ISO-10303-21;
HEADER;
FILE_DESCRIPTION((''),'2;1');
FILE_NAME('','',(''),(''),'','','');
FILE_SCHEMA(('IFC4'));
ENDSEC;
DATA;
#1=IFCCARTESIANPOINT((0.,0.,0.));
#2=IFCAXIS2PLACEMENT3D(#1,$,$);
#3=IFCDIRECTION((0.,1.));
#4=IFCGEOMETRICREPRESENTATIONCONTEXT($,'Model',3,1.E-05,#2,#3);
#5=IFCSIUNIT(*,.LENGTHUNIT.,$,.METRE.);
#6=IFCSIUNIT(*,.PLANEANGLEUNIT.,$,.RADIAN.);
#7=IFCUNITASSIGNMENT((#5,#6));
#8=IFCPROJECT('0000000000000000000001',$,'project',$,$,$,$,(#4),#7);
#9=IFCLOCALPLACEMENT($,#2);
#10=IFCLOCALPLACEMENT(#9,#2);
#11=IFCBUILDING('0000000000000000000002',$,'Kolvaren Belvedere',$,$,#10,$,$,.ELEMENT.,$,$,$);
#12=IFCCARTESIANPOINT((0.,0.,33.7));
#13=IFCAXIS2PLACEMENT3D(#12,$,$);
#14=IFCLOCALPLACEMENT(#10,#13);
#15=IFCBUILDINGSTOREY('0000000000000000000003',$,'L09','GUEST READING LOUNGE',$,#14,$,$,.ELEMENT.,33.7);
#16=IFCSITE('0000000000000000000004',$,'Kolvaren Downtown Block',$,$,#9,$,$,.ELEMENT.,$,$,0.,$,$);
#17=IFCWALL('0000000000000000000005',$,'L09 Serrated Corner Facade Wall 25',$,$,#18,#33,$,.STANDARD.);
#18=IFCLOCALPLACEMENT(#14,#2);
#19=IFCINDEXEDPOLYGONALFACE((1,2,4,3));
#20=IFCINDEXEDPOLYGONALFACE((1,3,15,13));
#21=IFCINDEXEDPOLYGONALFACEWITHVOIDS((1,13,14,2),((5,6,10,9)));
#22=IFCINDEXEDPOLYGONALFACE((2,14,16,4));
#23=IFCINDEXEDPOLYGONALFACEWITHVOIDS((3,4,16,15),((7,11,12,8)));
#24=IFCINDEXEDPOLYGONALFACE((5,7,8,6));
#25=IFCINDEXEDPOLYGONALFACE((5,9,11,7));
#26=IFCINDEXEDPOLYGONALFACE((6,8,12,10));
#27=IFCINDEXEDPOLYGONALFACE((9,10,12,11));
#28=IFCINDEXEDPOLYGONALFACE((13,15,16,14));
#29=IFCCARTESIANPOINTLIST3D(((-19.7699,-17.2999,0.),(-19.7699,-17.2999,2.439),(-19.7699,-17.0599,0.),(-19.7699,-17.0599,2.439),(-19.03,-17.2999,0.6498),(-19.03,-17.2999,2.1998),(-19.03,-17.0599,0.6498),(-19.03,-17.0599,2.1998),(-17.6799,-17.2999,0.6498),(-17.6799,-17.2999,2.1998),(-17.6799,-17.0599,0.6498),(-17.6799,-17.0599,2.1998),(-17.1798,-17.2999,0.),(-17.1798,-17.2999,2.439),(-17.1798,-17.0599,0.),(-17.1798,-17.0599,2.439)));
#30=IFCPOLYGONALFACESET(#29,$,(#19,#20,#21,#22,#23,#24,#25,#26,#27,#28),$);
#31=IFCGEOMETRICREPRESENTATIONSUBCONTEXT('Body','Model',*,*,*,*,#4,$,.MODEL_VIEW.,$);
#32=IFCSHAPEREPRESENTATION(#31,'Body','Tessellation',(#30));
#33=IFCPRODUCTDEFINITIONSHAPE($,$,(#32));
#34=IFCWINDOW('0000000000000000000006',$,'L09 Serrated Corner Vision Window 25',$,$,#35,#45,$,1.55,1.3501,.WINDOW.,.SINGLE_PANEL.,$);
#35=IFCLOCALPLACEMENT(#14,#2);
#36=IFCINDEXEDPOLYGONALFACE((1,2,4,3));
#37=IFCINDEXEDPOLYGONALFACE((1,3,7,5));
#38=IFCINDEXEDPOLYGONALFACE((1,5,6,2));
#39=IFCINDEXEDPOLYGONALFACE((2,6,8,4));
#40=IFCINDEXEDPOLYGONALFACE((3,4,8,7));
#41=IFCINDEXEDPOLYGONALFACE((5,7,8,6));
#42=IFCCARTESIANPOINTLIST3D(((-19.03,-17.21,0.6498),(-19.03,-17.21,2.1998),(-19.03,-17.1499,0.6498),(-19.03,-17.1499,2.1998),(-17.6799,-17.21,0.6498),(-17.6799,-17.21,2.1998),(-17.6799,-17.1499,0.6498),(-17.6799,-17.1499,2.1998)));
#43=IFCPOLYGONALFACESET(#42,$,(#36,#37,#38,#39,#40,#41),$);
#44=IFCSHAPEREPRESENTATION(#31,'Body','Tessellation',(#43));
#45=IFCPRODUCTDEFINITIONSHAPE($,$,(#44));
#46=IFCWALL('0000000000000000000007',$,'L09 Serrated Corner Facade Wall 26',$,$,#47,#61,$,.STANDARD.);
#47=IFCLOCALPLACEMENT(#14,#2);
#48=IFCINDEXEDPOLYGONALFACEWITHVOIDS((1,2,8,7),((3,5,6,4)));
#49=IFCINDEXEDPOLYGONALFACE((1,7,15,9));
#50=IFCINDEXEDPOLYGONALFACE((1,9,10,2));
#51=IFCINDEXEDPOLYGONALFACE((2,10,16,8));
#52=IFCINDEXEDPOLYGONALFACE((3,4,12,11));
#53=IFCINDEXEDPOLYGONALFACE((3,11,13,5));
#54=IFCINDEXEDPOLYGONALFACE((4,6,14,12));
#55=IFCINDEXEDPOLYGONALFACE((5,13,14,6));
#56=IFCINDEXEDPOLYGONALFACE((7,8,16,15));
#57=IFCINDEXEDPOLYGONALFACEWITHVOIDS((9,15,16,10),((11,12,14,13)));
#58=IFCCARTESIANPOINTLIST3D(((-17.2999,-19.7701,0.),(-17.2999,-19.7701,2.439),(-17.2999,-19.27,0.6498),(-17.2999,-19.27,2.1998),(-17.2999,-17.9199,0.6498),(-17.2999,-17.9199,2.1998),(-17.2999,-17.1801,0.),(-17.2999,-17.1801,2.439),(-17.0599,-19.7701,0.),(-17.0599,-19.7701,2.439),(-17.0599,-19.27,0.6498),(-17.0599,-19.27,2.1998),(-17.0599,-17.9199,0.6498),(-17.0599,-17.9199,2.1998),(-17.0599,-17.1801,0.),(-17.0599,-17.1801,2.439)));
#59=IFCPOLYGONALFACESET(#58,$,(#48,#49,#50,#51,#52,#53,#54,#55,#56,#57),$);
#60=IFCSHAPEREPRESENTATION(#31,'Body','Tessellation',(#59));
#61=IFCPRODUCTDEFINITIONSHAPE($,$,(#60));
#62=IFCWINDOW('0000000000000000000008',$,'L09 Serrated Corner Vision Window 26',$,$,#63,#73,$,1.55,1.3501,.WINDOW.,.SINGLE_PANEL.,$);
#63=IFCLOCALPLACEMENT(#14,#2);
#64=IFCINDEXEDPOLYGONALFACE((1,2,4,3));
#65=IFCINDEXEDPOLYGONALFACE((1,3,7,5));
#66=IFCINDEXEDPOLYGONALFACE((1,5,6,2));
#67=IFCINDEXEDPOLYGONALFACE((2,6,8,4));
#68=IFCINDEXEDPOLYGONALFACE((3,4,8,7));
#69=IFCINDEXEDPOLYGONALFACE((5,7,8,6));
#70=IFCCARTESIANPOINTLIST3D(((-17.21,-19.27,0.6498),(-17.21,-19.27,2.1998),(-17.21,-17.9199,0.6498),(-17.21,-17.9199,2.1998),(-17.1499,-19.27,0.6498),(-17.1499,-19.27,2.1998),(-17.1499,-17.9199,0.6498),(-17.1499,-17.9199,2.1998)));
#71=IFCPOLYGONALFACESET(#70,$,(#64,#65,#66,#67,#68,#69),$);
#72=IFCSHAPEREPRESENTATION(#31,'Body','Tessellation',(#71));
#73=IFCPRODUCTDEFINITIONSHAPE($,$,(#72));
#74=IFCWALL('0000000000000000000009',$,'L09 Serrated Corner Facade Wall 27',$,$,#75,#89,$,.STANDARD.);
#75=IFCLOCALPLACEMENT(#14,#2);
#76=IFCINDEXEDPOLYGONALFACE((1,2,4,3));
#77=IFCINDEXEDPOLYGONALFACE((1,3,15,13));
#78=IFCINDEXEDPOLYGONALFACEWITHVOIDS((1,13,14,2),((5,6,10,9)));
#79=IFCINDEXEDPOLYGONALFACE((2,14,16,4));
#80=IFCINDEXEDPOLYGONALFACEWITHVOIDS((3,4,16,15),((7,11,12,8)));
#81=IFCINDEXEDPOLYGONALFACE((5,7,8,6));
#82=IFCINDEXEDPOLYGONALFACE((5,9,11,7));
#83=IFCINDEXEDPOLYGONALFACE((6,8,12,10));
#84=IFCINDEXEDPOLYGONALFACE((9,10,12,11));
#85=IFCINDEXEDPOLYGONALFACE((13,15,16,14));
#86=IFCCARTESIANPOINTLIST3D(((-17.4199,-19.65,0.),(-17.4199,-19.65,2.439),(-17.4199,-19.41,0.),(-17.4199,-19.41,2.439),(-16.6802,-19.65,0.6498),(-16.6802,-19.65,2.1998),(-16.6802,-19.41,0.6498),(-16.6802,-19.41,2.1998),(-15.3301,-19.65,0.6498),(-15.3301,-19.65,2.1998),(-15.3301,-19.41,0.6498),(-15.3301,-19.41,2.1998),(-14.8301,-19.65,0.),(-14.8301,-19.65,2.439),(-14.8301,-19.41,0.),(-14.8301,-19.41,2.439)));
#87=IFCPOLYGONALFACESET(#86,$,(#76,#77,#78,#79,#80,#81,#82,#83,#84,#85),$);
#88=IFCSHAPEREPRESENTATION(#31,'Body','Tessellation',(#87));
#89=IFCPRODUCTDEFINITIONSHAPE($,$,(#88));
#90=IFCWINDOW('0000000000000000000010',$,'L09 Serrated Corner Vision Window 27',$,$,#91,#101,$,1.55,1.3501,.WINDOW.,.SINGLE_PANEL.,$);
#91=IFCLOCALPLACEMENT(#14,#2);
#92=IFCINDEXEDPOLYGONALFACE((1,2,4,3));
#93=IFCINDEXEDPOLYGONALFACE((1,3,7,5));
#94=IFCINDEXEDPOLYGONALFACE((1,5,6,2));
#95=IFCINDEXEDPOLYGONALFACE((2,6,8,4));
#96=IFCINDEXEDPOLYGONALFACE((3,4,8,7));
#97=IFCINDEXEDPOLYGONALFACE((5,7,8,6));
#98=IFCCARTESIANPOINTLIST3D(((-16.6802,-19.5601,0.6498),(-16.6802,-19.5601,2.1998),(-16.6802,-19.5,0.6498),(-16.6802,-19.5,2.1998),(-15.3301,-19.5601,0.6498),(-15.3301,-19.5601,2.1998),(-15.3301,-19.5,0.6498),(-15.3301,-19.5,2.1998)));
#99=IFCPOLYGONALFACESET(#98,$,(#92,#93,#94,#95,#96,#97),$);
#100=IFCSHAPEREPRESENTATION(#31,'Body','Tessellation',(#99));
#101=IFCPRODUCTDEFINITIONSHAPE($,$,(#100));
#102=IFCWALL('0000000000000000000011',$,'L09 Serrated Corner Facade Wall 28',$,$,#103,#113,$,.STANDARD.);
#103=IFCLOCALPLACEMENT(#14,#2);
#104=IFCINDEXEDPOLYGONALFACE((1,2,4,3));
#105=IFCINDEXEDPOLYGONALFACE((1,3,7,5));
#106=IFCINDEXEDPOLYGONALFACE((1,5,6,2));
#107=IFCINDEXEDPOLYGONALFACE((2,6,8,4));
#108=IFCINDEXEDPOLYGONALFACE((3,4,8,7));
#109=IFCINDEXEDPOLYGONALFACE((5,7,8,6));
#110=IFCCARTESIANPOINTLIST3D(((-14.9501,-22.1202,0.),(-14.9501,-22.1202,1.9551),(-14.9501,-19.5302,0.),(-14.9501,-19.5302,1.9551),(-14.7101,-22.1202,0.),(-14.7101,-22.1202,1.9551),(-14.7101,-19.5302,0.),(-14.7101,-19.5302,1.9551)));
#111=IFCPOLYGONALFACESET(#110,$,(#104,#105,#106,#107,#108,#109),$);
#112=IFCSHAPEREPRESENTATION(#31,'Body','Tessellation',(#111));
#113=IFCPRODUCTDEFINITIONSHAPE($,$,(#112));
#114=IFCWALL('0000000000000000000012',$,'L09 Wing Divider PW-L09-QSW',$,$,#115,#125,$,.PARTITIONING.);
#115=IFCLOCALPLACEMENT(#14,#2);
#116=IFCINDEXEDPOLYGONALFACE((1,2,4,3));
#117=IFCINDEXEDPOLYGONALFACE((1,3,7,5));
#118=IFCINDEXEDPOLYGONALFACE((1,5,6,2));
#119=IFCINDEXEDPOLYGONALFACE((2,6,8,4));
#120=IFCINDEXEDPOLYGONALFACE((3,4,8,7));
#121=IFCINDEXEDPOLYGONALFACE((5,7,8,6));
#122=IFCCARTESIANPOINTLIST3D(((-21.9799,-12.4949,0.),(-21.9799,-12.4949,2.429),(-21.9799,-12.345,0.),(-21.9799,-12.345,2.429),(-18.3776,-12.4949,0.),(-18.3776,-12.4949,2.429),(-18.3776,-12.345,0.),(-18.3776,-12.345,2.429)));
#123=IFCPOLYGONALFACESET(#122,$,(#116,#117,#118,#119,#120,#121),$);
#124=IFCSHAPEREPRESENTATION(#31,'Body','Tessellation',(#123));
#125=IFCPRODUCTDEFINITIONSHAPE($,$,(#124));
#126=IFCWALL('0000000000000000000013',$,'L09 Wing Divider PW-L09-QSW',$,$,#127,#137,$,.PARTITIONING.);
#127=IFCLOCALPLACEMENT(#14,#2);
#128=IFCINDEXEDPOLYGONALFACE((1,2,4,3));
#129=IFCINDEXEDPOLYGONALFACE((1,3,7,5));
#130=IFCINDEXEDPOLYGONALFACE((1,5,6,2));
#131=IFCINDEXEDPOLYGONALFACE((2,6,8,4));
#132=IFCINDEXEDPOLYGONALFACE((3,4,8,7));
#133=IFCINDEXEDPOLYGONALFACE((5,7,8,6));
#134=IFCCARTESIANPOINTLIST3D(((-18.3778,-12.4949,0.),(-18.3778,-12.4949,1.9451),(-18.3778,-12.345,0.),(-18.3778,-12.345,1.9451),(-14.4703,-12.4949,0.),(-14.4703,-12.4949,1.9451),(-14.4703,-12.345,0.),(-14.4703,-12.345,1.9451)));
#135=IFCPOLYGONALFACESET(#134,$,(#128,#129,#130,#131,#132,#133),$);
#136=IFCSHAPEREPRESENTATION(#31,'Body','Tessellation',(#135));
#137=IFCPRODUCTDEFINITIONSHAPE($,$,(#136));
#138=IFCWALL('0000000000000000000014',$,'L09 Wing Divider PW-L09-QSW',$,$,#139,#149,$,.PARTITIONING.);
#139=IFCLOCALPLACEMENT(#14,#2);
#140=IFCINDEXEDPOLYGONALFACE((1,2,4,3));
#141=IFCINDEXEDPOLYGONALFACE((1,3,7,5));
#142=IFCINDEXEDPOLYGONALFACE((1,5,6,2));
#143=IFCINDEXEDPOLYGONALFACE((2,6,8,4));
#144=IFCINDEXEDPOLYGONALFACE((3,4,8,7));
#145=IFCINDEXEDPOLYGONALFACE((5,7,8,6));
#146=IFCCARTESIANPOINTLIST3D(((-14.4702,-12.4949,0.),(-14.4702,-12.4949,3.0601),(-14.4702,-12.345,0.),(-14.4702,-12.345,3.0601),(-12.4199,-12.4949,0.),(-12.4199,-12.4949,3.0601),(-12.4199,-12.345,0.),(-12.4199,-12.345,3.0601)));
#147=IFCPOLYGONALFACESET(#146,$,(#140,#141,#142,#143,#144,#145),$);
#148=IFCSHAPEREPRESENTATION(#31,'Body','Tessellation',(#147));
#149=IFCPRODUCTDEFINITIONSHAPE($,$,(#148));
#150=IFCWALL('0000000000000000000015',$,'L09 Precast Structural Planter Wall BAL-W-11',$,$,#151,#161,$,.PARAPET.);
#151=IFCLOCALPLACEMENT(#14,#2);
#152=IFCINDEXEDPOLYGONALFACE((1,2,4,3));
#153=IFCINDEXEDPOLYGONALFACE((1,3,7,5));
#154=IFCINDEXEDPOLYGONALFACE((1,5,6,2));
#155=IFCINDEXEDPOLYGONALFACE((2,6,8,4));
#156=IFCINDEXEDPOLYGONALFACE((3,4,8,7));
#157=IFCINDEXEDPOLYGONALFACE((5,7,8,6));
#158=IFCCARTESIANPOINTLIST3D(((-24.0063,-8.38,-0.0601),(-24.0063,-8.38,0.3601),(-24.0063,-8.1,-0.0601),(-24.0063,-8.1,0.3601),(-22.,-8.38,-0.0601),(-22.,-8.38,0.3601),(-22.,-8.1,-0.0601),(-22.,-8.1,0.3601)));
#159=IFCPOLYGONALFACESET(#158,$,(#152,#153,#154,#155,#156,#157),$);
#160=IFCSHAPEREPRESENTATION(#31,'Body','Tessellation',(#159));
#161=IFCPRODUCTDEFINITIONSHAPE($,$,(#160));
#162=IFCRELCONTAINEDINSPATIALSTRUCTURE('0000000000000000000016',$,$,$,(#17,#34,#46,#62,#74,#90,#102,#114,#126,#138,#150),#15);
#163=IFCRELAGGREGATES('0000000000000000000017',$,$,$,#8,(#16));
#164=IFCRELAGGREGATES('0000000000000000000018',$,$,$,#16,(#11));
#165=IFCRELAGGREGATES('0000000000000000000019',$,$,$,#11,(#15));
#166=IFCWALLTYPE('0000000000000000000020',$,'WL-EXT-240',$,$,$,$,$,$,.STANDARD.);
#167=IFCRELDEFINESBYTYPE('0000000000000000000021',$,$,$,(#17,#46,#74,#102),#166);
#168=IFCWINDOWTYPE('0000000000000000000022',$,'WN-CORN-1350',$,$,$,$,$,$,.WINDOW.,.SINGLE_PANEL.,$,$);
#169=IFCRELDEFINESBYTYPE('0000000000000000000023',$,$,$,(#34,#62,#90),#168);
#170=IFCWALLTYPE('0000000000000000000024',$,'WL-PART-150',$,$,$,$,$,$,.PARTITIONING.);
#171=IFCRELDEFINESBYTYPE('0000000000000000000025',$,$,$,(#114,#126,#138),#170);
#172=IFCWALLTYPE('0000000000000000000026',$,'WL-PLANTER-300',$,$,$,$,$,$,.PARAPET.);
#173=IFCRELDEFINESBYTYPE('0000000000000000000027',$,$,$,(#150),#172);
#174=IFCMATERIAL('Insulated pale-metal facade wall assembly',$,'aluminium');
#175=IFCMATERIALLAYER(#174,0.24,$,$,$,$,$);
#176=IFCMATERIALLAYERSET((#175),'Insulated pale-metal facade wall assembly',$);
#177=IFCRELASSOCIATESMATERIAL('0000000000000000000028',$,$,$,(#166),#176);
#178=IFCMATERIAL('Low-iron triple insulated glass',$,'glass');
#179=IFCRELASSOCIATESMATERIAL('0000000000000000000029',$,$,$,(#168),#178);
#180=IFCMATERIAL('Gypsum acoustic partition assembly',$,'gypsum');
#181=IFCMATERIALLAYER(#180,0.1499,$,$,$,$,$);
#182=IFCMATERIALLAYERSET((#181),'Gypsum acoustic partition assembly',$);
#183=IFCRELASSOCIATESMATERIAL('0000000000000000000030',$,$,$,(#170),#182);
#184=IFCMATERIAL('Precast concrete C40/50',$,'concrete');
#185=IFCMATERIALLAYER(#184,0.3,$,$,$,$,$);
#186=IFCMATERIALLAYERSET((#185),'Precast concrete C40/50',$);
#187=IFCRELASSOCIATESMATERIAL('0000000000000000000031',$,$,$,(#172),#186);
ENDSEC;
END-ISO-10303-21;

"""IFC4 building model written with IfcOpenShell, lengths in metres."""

from ifc_helpers import new_model, si_unit, direction, frame, frame_2d, origin, place, context, subcontext, project, spatial, rectangle, extrude, material, layer, layer_set, type_object, element, fill, save


model = new_model("IFC4")

# Units and contexts
model_context = context("Model", 3, precision=1e-05, world=origin(), true_north=direction((0.0, 1.0)))
body_context = subcontext(model_context, "Body", "Model", "MODEL_VIEW")
ifc_project = project(units=[si_unit("LENGTHUNIT", "METRE"), si_unit("PLANEANGLEUNIT", "RADIAN")], contexts=[model_context])

# Site, building, storey
site_placement = place(None, origin())
site = spatial("IfcSite", under=ifc_project, at=site_placement, Name="Kolvaren Downtown Block", CompositionType="ELEMENT", RefElevation=0.0)
building_placement = place(site_placement, origin())
building = spatial("IfcBuilding", under=site, at=building_placement, Name="Kolvaren Belvedere", CompositionType="ELEMENT")
storey_placement = place(building_placement, frame((0.0, 0.0, 33.7)))
storey = spatial("IfcBuildingStorey", under=building, at=storey_placement, Name="L09", Description="GUEST READING LOUNGE", CompositionType="ELEMENT", Elevation=33.7)

# Shared definitions
ifc_material_1 = material(Name="Insulated pale-metal facade wall assembly", Category="aluminium")
ifc_layer_1 = layer(ifc_material_1, 0.24)
ifc_layer_set_1 = layer_set([ifc_layer_1], Name="Insulated pale-metal facade wall assembly")
wall_type_1 = type_object("IfcWallType", Name="WL-EXT-240", PredefinedType="STANDARD", material=ifc_layer_set_1)

# Walls, openings, windows
ifc_material_2 = material(Name="Low-iron triple insulated glass", Category="glass")
window_type = type_object("IfcWindowType", Name="WN-CORN-1350", PartitioningType="SINGLE_PANEL", PredefinedType="WINDOW", material=ifc_material_2)
wall_1_placement = place(storey_placement, frame((-17.1799, -17.1799, 0.0), z_axis=(0.0, 0.0, 1.0), x_axis=(-1.0, 0.0, 0.0)))
wall_1 = element("IfcWall", 1, at=wall_1_placement, inside=storey, type_object=wall_type_1, Name="L09 Serrated Corner Facade Wall 25", PredefinedType="STANDARD", context=body_context, shape_type="SweptSolid", body=[
    extrude(rectangle(XDim=2.5901, YDim=0.24, at=frame_2d((1.2949, 0.0))), origin(), (0.0, 0.0, 1.0), 2.439),
])
opening_1_placement = place(wall_1_placement, frame((0.5, 0.0, 0.6499)))
opening_1 = element("IfcOpeningElement", 2, at=opening_1_placement, cuts=wall_1, PredefinedType="OPENING", context=body_context, shape_type="SweptSolid", body=[
    extrude(rectangle(XDim=1.3501, YDim=1.55, at=frame_2d((0.675, 0.7749))), frame((0.0, 0.1299, 0.0), z_axis=(0.0, -1.0, 0.0), x_axis=(1.0, 0.0, 0.0)), (0.0, 0.0, 1.0), 0.26),
])
window_1_placement = place(opening_1_placement, origin())
window_1 = element("IfcWindow", 3, at=window_1_placement, inside=storey, type_object=window_type, Name="L09 Serrated Corner Vision Window 25", OverallHeight=1.55, OverallWidth=1.3501, PartitioningType="SINGLE_PANEL", PredefinedType="WINDOW", context=body_context, shape_type="SweptSolid", body=[
    extrude(rectangle(XDim=1.3501, YDim=1.55, at=frame_2d((0.675, 0.7749))), frame((0.0, 0.03, 0.0), z_axis=(0.0, -1.0, 0.0), x_axis=(1.0, 0.0, 0.0)), (0.0, 0.0, 1.0), 0.0601),
])
fill(opening_1, window_1)
wall_2_placement = place(storey_placement, frame((-17.1799, -19.77, 0.0), z_axis=(0.0, 0.0, 1.0), x_axis=(0.0, 1.0, 0.0)))
wall_2 = element("IfcWall", 4, at=wall_2_placement, inside=storey, type_object=wall_type_1, Name="L09 Serrated Corner Facade Wall 26", PredefinedType="STANDARD", context=body_context, shape_type="SweptSolid", body=[
    extrude(rectangle(XDim=2.5901, YDim=0.24, at=frame_2d((1.2949, 0.0))), origin(), (0.0, 0.0, 1.0), 2.439),
])
opening_2_placement = place(wall_2_placement, frame((0.5, 0.0, 0.6499)))
opening_2 = element("IfcOpeningElement", 5, at=opening_2_placement, cuts=wall_2, PredefinedType="OPENING", context=body_context, shape_type="SweptSolid", body=[
    extrude(rectangle(XDim=1.3501, YDim=1.55, at=frame_2d((0.675, 0.7749))), frame((0.0, 0.1299, 0.0), z_axis=(0.0, -1.0, 0.0), x_axis=(1.0, 0.0, 0.0)), (0.0, 0.0, 1.0), 0.26),
])
window_2_placement = place(opening_2_placement, origin())
window_2 = element("IfcWindow", 6, at=window_2_placement, inside=storey, type_object=window_type, Name="L09 Serrated Corner Vision Window 26", OverallHeight=1.55, OverallWidth=1.3501, PartitioningType="SINGLE_PANEL", PredefinedType="WINDOW", context=body_context, shape_type="SweptSolid", body=[
    extrude(rectangle(XDim=1.3501, YDim=1.55, at=frame_2d((0.675, 0.7749))), frame((0.0, 0.03, 0.0), z_axis=(0.0, -1.0, 0.0), x_axis=(1.0, 0.0, 0.0)), (0.0, 0.0, 1.0), 0.0601),
])
fill(opening_2, window_2)
wall_3_placement = place(storey_placement, frame((-14.8301, -19.53, 0.0), z_axis=(0.0, 0.0, 1.0), x_axis=(-1.0, 0.0, 0.0)))
wall_3 = element("IfcWall", 7, at=wall_3_placement, inside=storey, type_object=wall_type_1, Name="L09 Serrated Corner Facade Wall 27", PredefinedType="STANDARD", context=body_context, shape_type="SweptSolid", body=[
    extrude(rectangle(XDim=2.5898, YDim=0.24, at=frame_2d((1.2949, 0.0))), origin(), (0.0, 0.0, 1.0), 2.439),
])
opening_3_placement = place(wall_3_placement, frame((0.5, 0.0, 0.6499)))
opening_3 = element("IfcOpeningElement", 8, at=opening_3_placement, cuts=wall_3, PredefinedType="OPENING", context=body_context, shape_type="SweptSolid", body=[
    extrude(rectangle(XDim=1.3501, YDim=1.55, at=frame_2d((0.675, 0.7749))), frame((0.0, 0.1299, 0.0), z_axis=(0.0, -1.0, 0.0), x_axis=(1.0, 0.0, 0.0)), (0.0, 0.0, 1.0), 0.26),
])
window_3_placement = place(opening_3_placement, origin())
window_3 = element("IfcWindow", 9, at=window_3_placement, inside=storey, type_object=window_type, Name="L09 Serrated Corner Vision Window 27", OverallHeight=1.55, OverallWidth=1.3501, PartitioningType="SINGLE_PANEL", PredefinedType="WINDOW", context=body_context, shape_type="SweptSolid", body=[
    extrude(rectangle(XDim=1.3501, YDim=1.55, at=frame_2d((0.675, 0.7749))), frame((0.0, 0.03, 0.0), z_axis=(0.0, -1.0, 0.0), x_axis=(1.0, 0.0, 0.0)), (0.0, 0.0, 1.0), 0.0601),
])
fill(opening_3, window_3)

# Walls
wall_4_placement = place(storey_placement, frame((-14.8301, -22.1201, 0.0), z_axis=(0.0, 0.0, 1.0), x_axis=(0.0, 1.0, 0.0)))
element("IfcWall", 10, at=wall_4_placement, inside=storey, type_object=wall_type_1, Name="L09 Serrated Corner Facade Wall 28", PredefinedType="STANDARD", context=body_context, shape_type="SweptSolid", body=[
    extrude(rectangle(XDim=2.5901, YDim=0.24, at=frame_2d((1.2949, 0.0))), origin(), (0.0, 0.0, 1.0), 1.9551),
])
ifc_material_3 = material(Name="Gypsum acoustic partition assembly", Category="gypsum")
ifc_layer_2 = layer(ifc_material_3, 0.1499)
ifc_layer_set_2 = layer_set([ifc_layer_2], Name="Gypsum acoustic partition assembly")
wall_type_2 = type_object("IfcWallType", Name="WL-PART-150", PredefinedType="PARTITIONING", material=ifc_layer_set_2)
wall_5_placement = place(storey_placement, frame((-21.98, -12.4199, 0.0), z_axis=(0.0, 0.0, 1.0), x_axis=(1.0, 0.0, 0.0)))
element("IfcWall", 11, at=wall_5_placement, inside=storey, type_object=wall_type_2, Name="L09 Wing Divider PW-L09-QSW", PredefinedType="PARTITIONING", context=body_context, shape_type="SweptSolid", body=[
    extrude(rectangle(XDim=3.6023, YDim=0.1499, at=frame_2d((1.8013, 0.0))), origin(), (0.0, 0.0, 1.0), 2.429),
])
wall_6_placement = place(storey_placement, frame((-18.3777, -12.4199, 0.0), z_axis=(0.0, 0.0, 1.0), x_axis=(1.0, 0.0, 0.0)))
element("IfcWall", 12, at=wall_6_placement, inside=storey, type_object=wall_type_2, Name="L09 Wing Divider PW-L09-QSW", PredefinedType="PARTITIONING", context=body_context, shape_type="SweptSolid", body=[
    extrude(rectangle(XDim=3.9075, YDim=0.1499, at=frame_2d((1.9536, 0.0))), origin(), (0.0, 0.0, 1.0), 1.9451),
])
wall_7_placement = place(storey_placement, frame((-14.4702, -12.4199, 0.0), z_axis=(0.0, 0.0, 1.0), x_axis=(1.0, 0.0, 0.0)))
element("IfcWall", 13, at=wall_7_placement, inside=storey, type_object=wall_type_2, Name="L09 Wing Divider PW-L09-QSW", PredefinedType="PARTITIONING", context=body_context, shape_type="SweptSolid", body=[
    extrude(rectangle(XDim=2.0503, YDim=0.1499, at=frame_2d((1.0251, 0.0))), origin(), (0.0, 0.0, 1.0), 3.0601),
])
ifc_material_4 = material(Name="Precast concrete C40/50", Category="concrete")
ifc_layer_3 = layer(ifc_material_4, 0.3)
ifc_layer_set_3 = layer_set([ifc_layer_3], Name="Precast concrete C40/50")
wall_type_3 = type_object("IfcWallType", Name="WL-PLANTER-300", PredefinedType="PARAPET", material=ifc_layer_set_3)
wall_8_placement = place(storey_placement, frame((-24.0063, -8.24, -0.0601), z_axis=(0.0, 0.0, 1.0), x_axis=(1.0, 0.0, 0.0)))
element("IfcWall", 14, at=wall_8_placement, inside=storey, type_object=wall_type_3, Name="L09 Precast Structural Planter Wall BAL-W-11", PredefinedType="PARAPET", context=body_context, shape_type="SweptSolid", body=[
    extrude(rectangle(XDim=2.0063, YDim=0.28, at=frame_2d((1.0032, 0.0))), origin(), (0.0, 0.0, 1.0), 0.4202),
])

save(model, "model.ifc")
